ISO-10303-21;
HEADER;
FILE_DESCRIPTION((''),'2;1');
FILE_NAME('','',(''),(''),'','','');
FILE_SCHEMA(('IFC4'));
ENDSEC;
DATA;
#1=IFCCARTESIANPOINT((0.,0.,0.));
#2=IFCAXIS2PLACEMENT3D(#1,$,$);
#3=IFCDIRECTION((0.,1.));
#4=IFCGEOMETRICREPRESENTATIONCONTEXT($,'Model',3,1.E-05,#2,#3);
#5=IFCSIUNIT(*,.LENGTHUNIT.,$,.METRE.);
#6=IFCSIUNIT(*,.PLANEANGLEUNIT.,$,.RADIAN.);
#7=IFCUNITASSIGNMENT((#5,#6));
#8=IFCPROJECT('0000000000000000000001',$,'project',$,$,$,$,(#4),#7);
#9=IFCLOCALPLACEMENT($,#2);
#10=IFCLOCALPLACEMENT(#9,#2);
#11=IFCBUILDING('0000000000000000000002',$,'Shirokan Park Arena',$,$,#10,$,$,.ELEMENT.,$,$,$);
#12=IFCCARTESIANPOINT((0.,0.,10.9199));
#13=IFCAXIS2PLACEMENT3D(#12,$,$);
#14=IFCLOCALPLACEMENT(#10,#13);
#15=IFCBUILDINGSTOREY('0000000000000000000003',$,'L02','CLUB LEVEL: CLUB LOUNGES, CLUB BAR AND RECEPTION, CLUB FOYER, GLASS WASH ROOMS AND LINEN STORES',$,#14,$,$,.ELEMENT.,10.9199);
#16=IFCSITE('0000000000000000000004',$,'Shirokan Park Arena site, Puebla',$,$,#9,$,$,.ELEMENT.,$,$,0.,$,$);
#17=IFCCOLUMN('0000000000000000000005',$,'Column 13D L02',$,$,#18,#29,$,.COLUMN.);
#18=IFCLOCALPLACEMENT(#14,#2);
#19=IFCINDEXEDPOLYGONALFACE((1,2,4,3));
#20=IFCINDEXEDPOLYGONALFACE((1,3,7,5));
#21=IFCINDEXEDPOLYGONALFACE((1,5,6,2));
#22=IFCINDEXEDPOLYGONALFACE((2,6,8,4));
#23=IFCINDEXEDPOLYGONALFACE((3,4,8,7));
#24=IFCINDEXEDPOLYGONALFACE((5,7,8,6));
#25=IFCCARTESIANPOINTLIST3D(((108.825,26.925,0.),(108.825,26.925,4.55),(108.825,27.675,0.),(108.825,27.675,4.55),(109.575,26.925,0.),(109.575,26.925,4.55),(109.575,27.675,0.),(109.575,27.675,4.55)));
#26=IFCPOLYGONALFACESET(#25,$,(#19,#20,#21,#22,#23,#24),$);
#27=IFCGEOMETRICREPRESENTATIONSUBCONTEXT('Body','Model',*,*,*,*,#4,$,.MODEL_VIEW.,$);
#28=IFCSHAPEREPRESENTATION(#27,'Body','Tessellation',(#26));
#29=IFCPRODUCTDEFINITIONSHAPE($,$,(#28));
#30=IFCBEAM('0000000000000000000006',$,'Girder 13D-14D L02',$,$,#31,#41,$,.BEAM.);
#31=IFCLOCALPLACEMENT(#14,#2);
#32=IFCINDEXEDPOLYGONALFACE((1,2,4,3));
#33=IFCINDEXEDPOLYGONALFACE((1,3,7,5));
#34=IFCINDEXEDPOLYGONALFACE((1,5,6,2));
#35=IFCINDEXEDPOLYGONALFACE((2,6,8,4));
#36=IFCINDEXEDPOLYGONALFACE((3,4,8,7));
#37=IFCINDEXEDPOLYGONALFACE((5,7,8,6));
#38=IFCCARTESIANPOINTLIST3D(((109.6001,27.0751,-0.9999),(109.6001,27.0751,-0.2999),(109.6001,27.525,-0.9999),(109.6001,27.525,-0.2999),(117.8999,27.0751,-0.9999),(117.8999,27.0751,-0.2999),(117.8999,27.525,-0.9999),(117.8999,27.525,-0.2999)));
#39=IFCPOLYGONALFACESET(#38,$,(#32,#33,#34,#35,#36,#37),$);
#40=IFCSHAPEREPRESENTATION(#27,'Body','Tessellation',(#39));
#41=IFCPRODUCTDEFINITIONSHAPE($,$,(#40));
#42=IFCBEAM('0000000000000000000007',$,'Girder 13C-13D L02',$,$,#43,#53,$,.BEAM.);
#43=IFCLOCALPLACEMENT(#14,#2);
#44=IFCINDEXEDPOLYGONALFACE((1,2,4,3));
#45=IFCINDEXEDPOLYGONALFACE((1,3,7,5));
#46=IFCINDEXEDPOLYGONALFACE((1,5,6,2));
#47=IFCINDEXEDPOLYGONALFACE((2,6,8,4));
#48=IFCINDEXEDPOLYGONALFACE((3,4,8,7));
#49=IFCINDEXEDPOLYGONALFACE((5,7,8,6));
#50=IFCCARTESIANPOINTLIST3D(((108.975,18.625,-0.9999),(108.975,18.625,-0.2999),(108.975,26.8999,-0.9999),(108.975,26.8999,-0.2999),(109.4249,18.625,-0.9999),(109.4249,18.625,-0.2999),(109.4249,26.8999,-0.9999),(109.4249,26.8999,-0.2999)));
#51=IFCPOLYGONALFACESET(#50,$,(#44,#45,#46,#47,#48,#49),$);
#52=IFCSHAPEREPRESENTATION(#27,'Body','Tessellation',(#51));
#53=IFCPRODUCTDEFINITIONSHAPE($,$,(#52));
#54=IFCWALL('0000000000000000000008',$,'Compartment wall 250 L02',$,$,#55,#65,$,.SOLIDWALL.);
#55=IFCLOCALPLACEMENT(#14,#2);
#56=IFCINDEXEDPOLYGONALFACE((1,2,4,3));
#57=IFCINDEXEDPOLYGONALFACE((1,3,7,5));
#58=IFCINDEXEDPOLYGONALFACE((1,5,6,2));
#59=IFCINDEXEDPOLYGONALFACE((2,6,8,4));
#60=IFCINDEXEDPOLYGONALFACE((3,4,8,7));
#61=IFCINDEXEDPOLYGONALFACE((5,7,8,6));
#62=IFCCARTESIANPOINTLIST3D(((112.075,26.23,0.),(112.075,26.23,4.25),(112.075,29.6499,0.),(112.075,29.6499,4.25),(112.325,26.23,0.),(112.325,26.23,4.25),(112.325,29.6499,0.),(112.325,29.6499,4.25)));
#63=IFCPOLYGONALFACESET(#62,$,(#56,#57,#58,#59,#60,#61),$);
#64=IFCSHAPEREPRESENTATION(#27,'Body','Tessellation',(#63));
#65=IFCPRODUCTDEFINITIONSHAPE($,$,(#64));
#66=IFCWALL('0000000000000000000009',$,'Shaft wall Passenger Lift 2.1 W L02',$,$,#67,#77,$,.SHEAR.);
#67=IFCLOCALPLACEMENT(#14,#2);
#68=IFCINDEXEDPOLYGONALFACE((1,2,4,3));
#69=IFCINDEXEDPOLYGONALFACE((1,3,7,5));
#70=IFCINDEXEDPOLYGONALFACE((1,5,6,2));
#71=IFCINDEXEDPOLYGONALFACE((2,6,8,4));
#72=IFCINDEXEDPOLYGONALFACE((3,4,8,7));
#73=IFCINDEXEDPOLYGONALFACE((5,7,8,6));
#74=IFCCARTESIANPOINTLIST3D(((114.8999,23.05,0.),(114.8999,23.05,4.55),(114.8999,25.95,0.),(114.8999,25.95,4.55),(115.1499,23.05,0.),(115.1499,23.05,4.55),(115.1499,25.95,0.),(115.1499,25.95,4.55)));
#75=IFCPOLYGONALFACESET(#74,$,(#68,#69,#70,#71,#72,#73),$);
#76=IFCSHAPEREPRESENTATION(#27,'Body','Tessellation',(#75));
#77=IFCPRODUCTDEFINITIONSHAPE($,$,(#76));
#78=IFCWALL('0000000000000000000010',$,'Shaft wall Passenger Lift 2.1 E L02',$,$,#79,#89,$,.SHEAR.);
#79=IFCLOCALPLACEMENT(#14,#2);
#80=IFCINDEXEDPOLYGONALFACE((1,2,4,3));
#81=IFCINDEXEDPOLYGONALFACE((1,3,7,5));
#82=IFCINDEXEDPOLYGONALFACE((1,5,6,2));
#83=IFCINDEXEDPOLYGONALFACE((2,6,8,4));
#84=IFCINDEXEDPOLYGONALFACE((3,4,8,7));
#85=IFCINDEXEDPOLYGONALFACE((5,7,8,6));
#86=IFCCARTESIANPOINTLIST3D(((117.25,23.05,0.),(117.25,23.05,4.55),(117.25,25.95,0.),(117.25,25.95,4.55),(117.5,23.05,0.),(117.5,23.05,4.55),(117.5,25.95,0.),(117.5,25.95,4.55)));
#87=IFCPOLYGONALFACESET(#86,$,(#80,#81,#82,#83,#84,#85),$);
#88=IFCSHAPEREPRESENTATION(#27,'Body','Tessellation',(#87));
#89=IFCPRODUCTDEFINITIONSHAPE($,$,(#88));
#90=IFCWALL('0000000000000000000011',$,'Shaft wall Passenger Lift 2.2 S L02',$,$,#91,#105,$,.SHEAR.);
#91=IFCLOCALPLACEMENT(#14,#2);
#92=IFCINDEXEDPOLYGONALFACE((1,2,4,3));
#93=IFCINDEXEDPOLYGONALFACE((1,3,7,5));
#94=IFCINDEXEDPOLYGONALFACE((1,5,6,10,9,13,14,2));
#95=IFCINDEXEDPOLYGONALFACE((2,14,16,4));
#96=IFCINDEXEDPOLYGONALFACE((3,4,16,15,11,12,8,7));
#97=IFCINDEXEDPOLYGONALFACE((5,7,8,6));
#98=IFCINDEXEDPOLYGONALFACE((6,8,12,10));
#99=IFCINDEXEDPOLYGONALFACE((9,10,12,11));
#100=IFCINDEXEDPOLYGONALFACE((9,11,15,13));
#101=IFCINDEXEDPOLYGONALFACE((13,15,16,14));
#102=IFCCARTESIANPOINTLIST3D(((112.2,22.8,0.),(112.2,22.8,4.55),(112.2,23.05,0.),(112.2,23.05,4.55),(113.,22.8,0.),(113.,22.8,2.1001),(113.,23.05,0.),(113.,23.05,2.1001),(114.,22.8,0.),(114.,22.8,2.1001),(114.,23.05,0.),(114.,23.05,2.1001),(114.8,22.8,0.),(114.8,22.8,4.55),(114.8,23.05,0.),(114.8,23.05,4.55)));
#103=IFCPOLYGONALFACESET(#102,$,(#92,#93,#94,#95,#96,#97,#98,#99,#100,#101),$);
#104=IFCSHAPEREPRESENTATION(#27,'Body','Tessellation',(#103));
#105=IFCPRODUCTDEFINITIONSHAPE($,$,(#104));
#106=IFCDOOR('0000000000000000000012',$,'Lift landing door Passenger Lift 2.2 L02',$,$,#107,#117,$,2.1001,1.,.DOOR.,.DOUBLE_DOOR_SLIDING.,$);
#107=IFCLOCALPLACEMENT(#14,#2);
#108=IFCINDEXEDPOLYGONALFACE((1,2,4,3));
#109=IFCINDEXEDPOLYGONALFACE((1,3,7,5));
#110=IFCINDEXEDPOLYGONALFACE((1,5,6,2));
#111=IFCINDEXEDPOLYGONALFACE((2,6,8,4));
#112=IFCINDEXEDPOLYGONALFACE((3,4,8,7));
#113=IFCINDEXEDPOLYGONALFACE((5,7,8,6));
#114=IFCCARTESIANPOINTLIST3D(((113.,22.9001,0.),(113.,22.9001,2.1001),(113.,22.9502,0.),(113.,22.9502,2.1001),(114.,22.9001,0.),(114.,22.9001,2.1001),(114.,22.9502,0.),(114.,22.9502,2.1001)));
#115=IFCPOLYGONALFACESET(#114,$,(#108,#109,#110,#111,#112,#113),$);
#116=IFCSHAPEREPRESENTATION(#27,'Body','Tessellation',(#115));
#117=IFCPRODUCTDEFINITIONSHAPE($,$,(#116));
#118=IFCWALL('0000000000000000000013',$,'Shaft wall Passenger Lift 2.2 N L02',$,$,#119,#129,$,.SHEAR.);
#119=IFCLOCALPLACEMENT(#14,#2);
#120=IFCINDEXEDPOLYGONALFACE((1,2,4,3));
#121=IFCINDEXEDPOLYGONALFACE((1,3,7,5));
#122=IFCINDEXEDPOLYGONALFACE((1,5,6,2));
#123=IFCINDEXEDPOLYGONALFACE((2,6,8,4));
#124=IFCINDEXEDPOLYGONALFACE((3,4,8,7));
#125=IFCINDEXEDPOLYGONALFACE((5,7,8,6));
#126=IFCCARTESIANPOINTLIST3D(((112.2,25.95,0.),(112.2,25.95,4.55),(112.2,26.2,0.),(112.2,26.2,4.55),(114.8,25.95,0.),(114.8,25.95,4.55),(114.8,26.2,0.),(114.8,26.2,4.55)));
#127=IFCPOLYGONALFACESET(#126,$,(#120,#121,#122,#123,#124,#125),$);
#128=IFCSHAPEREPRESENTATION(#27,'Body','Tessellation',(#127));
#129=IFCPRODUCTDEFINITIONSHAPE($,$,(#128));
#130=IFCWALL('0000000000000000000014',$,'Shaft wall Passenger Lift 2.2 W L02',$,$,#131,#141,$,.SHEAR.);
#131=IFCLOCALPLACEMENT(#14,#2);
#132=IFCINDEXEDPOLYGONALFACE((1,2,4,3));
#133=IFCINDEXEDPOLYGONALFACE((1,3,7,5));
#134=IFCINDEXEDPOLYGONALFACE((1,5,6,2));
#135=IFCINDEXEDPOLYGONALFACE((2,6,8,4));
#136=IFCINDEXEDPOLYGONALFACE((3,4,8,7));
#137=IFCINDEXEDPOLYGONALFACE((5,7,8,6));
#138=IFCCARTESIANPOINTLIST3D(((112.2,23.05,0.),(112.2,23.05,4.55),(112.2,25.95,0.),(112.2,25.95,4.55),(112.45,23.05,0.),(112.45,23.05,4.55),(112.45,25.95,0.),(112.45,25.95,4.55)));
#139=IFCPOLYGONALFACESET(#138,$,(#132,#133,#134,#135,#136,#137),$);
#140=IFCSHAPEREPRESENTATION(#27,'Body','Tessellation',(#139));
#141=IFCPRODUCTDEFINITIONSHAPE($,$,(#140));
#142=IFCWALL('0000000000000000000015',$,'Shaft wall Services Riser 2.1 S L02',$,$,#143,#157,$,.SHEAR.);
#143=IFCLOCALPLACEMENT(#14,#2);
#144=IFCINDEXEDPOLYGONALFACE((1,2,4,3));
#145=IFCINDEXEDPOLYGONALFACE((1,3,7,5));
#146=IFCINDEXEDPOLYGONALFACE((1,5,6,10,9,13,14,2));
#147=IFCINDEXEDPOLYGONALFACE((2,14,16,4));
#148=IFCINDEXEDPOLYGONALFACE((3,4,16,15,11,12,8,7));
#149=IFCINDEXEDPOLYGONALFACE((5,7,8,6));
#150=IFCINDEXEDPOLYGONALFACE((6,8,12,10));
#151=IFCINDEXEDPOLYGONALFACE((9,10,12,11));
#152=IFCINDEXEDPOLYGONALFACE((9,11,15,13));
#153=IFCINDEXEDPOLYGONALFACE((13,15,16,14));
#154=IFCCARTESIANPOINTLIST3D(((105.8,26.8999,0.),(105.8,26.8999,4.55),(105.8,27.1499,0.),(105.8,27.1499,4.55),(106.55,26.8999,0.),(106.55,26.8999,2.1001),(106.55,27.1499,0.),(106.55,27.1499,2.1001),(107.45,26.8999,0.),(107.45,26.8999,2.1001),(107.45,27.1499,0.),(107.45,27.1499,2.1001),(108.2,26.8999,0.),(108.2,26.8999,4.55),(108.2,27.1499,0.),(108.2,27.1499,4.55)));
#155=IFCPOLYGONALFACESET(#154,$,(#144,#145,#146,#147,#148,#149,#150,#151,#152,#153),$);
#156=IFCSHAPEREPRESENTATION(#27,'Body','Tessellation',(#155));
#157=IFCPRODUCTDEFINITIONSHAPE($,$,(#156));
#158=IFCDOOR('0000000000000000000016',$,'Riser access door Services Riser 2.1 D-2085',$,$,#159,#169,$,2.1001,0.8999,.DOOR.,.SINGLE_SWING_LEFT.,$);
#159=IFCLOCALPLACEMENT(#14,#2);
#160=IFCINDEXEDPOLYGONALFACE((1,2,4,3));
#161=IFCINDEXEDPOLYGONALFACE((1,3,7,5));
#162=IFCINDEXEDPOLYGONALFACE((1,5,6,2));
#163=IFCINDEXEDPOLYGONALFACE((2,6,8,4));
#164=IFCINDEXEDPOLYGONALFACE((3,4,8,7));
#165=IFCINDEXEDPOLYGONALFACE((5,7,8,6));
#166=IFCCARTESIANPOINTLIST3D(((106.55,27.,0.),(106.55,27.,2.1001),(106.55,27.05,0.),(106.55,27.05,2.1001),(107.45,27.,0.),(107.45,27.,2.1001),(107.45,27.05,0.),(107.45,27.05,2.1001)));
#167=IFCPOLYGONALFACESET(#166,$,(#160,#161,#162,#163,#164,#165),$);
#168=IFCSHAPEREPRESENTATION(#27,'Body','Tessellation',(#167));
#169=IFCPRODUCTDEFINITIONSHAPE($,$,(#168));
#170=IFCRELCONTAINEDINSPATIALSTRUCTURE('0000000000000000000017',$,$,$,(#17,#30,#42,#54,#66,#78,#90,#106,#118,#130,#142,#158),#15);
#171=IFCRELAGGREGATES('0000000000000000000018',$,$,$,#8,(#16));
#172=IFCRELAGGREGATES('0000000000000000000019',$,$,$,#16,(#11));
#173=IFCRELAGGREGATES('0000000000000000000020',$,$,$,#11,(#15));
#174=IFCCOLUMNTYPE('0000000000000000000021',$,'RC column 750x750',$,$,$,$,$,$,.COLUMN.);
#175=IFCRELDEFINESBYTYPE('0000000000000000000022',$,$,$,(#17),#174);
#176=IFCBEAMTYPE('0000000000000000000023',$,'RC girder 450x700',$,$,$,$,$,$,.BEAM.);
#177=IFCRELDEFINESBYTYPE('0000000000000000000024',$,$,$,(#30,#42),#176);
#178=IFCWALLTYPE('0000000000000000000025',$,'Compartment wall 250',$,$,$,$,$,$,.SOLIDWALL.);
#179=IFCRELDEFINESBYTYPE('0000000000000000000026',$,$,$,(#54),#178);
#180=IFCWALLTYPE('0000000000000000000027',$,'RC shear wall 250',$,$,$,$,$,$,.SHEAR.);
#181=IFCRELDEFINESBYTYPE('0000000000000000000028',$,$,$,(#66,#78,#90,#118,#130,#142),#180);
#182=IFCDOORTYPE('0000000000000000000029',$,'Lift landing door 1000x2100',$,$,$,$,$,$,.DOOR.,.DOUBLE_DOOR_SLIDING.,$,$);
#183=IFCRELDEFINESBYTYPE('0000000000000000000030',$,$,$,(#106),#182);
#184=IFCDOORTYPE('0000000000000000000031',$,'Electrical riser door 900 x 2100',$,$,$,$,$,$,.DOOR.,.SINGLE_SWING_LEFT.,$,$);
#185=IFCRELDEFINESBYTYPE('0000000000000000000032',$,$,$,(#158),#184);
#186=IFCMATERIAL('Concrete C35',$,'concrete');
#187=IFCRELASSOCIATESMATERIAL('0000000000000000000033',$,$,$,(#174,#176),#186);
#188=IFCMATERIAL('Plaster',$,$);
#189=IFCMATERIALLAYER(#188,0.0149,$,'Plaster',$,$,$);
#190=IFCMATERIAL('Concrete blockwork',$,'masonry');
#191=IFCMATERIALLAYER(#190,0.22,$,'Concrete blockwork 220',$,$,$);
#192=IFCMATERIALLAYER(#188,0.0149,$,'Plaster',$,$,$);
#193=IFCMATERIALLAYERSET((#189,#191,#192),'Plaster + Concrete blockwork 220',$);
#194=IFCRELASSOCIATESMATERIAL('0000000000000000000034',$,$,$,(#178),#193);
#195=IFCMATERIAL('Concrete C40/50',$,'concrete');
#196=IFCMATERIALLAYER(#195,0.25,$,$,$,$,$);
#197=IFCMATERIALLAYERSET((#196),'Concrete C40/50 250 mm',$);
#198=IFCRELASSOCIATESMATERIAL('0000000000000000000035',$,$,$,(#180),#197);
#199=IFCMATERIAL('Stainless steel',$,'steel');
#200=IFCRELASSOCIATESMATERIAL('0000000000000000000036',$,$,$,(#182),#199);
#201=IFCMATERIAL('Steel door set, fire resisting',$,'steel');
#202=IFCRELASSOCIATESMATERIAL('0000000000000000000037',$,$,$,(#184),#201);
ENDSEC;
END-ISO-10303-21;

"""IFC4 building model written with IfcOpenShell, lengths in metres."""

from ifc_helpers import new_model, si_unit, direction, frame, frame_2d, origin, origin_2d, place, context, subcontext, project, spatial, rectangle, extrude, material, layer, layer_set, material_profile, profile_set, type_object, element, fill, save


model = new_model("IFC4")

# Units and contexts
model_context = context("Model", 3, precision=1e-05, world=origin(), true_north=direction((0.0, 1.0)))
body_context = subcontext(model_context, "Body", "Model", "MODEL_VIEW")
ifc_project = project(units=[si_unit("LENGTHUNIT", "METRE"), si_unit("PLANEANGLEUNIT", "RADIAN")], contexts=[model_context])

# Site, building, storey
site_placement = place(None, origin())
site = spatial("IfcSite", under=ifc_project, at=site_placement, Name="Shirokan Park Arena site, Puebla", CompositionType="ELEMENT", RefElevation=0.0)
building_placement = place(site_placement, origin())
building = spatial("IfcBuilding", under=site, at=building_placement, Name="Shirokan Park Arena", CompositionType="ELEMENT")
storey_placement = place(building_placement, frame((0.0, 0.0, 10.9199)))
storey = spatial("IfcBuildingStorey", under=building, at=storey_placement, Name="L02", Description="CLUB LEVEL: CLUB LOUNGES, CLUB BAR AND RECEPTION, CLUB FOYER, GLASS WASH ROOMS AND LINEN STORES", CompositionType="ELEMENT", Elevation=10.9199)

# Column
ifc_material_1 = material(Name="Concrete C35", Category="concrete")
ifc_material_profile_1 = material_profile(ifc_material_1, rectangle(XDim=0.75, YDim=0.75, at=origin_2d()), Name="750x750")
ifc_profile_set_1 = profile_set([ifc_material_profile_1], Name="Concrete C35")
column_type = type_object("IfcColumnType", Name="RC column 750x750", PredefinedType="COLUMN", material=ifc_profile_set_1)
column_placement = place(storey_placement, frame((109.2, 27.3, 0.0), z_axis=(0.0, 0.0, 1.0), x_axis=(1.0, 0.0, 0.0)))
element("IfcColumn", 1, at=column_placement, inside=storey, type_object=column_type, Name="Column 13D L02", PredefinedType="COLUMN", context=body_context, shape_type="SweptSolid", body=[
    extrude(rectangle(XDim=0.75, YDim=0.75, at=origin_2d()), origin(), (0.0, 0.0, 1.0), 4.55),
])

# Beams
ifc_material_profile_2 = material_profile(ifc_material_1, rectangle(XDim=0.45, YDim=0.7, at=origin_2d()), Name="450x700")
ifc_profile_set_2 = profile_set([ifc_material_profile_2], Name="Concrete C35")
beam_type = type_object("IfcBeamType", Name="RC girder 450x700", PredefinedType="BEAM", material=ifc_profile_set_2)
beam_1_placement = place(storey_placement, frame((109.6001, 27.3, -0.6499), z_axis=(1.0, 0.0, 0.0), x_axis=(0.0, 1.0, 0.0)))
element("IfcBeam", 2, at=beam_1_placement, inside=storey, type_object=beam_type, Name="Girder 13D-14D L02", PredefinedType="BEAM", context=body_context, shape_type="SweptSolid", body=[
    extrude(rectangle(XDim=0.45, YDim=0.7, at=origin_2d()), origin(), (0.0, 0.0, 1.0), 8.2998),
])
beam_2_placement = place(storey_placement, frame((109.2, 18.625, -0.6499), z_axis=(0.0, 1.0, 0.0), x_axis=(-1.0, 0.0, 0.0)))
element("IfcBeam", 3, at=beam_2_placement, inside=storey, type_object=beam_type, Name="Girder 13C-13D L02", PredefinedType="BEAM", context=body_context, shape_type="SweptSolid", body=[
    extrude(rectangle(XDim=0.45, YDim=0.7, at=origin_2d()), origin(), (0.0, 0.0, 1.0), 8.2749),
])

# Wall
ifc_material_2 = material(Name="Plaster")
ifc_layer_1 = layer(ifc_material_2, 0.0149, Name="Plaster")
ifc_material_3 = material(Name="Concrete blockwork", Category="masonry")
ifc_layer_2 = layer(ifc_material_3, 0.22, Name="Concrete blockwork 220")
ifc_layer_3 = layer(ifc_material_2, 0.0149, Name="Plaster")
ifc_layer_set_1 = layer_set([ifc_layer_1, ifc_layer_2, ifc_layer_3], Name="Plaster + Concrete blockwork 220")
wall_type_1 = type_object("IfcWallType", Name="Compartment wall 250", PredefinedType="SOLIDWALL", material=ifc_layer_set_1)
wall_1_placement = place(storey_placement, frame((112.2, 26.23, 0.0), z_axis=(0.0, 0.0, 1.0), x_axis=(0.0, 1.0, 0.0)))
element("IfcWall", 4, at=wall_1_placement, inside=storey, type_object=wall_type_1, Name="Compartment wall 250 L02", PredefinedType="SOLIDWALL", context=body_context, shape_type="SweptSolid", body=[
    extrude(rectangle(XDim=3.4199, YDim=0.25, at=frame_2d((1.71, 0.0))), origin(), (0.0, 0.0, 1.0), 4.25),
])

# Walls
ifc_material_4 = material(Name="Concrete C40/50", Category="concrete")
ifc_layer_4 = layer(ifc_material_4, 0.25)
ifc_layer_set_2 = layer_set([ifc_layer_4], Name="Concrete C40/50 250 mm")
wall_type_2 = type_object("IfcWallType", Name="RC shear wall 250", PredefinedType="SHEAR", material=ifc_layer_set_2)
for number, where, z_axis, x_axis, name in (
    (5, (115.0249, 25.95, 0.0), (0.0, 0.0, 1.0), (0.0, -1.0, 0.0), "Shaft wall Passenger Lift 2.1 W L02"),
    (6, (117.375, 25.95, 0.0), (0.0, 0.0, 1.0), (0.0, -1.0, 0.0), "Shaft wall Passenger Lift 2.1 E L02"),
):
    element("IfcWall", number, at=place(storey_placement, frame(where, z_axis=z_axis, x_axis=x_axis)), inside=storey, type_object=wall_type_2, Name=name, PredefinedType="SHEAR", context=body_context, shape_type="SweptSolid", body=[
        extrude(rectangle(XDim=2.8999, YDim=0.25, at=frame_2d((1.45, 0.0))), origin(), (0.0, 0.0, 1.0), 4.55),
    ])

# Wall, opening, door
wall_2_placement = place(storey_placement, frame((114.8, 22.925, 0.0), z_axis=(0.0, 0.0, 1.0), x_axis=(-1.0, 0.0, 0.0)))
wall_2 = element("IfcWall", 7, at=wall_2_placement, inside=storey, type_object=wall_type_2, Name="Shaft wall Passenger Lift 2.2 S L02", PredefinedType="SHEAR", context=body_context, shape_type="SweptSolid", body=[
    extrude(rectangle(XDim=2.6001, YDim=0.25, at=frame_2d((1.3, 0.0))), origin(), (0.0, 0.0, 1.0), 4.55),
])
opening_1_placement = place(wall_2_placement, frame((0.8, 0.0, 0.0)))
opening_1 = element("IfcOpeningElement", 8, at=opening_1_placement, cuts=wall_2, PredefinedType="OPENING", context=body_context, shape_type="SweptSolid", body=[
    extrude(rectangle(XDim=1.0, YDim=2.1001, at=frame_2d((0.5, 1.05))), frame((0.0, 0.135, 0.0), z_axis=(0.0, -1.0, 0.0), x_axis=(1.0, 0.0, 0.0)), (0.0, 0.0, 1.0), 0.27),
])
ifc_material_5 = material(Name="Stainless steel", Category="steel")
door_type_1 = type_object("IfcDoorType", Name="Lift landing door 1000x2100", OperationType="DOUBLE_DOOR_SLIDING", PredefinedType="DOOR", material=ifc_material_5)
door_1_placement = place(opening_1_placement, origin())
door_1 = element("IfcDoor", 9, at=door_1_placement, inside=storey, type_object=door_type_1, Name="Lift landing door Passenger Lift 2.2 L02", OperationType="DOUBLE_DOOR_SLIDING", OverallHeight=2.1001, OverallWidth=1.0, PredefinedType="DOOR", context=body_context, shape_type="SweptSolid", body=[
    extrude(rectangle(XDim=1.0, YDim=2.1001, at=frame_2d((0.5, 1.05))), frame((0.0, 0.0249, 0.0), z_axis=(0.0, -1.0, 0.0), x_axis=(1.0, 0.0, 0.0)), (0.0, 0.0, 1.0), 0.05),
])
fill(opening_1, door_1)

# Walls
wall_3_placement = place(storey_placement, frame((114.8, 26.075, 0.0), z_axis=(0.0, 0.0, 1.0), x_axis=(-1.0, 0.0, 0.0)))
element("IfcWall", 10, at=wall_3_placement, inside=storey, type_object=wall_type_2, Name="Shaft wall Passenger Lift 2.2 N L02", PredefinedType="SHEAR", context=body_context, shape_type="SweptSolid", body=[
    extrude(rectangle(XDim=2.6001, YDim=0.25, at=frame_2d((1.3, 0.0))), origin(), (0.0, 0.0, 1.0), 4.55),
])
wall_4_placement = place(storey_placement, frame((112.325, 25.95, 0.0), z_axis=(0.0, 0.0, 1.0), x_axis=(0.0, -1.0, 0.0)))
element("IfcWall", 11, at=wall_4_placement, inside=storey, type_object=wall_type_2, Name="Shaft wall Passenger Lift 2.2 W L02", PredefinedType="SHEAR", context=body_context, shape_type="SweptSolid", body=[
    extrude(rectangle(XDim=2.8999, YDim=0.25, at=frame_2d((1.45, 0.0))), origin(), (0.0, 0.0, 1.0), 4.55),
])

# Wall, opening, door
wall_5_placement = place(storey_placement, frame((108.2, 27.0249, 0.0), z_axis=(0.0, 0.0, 1.0), x_axis=(-1.0, 0.0, 0.0)))
wall_5 = element("IfcWall", 12, at=wall_5_placement, inside=storey, type_object=wall_type_2, Name="Shaft wall Services Riser 2.1 S L02", PredefinedType="SHEAR", context=body_context, shape_type="SweptSolid", body=[
    extrude(rectangle(XDim=2.3999, YDim=0.25, at=frame_2d((1.2, 0.0))), origin(), (0.0, 0.0, 1.0), 4.55),
])
opening_2_placement = place(wall_5_placement, frame((0.75, 0.0, 0.0)))
opening_2 = element("IfcOpeningElement", 13, at=opening_2_placement, cuts=wall_5, PredefinedType="OPENING", context=body_context, shape_type="SweptSolid", body=[
    extrude(rectangle(XDim=0.8999, YDim=2.1001, at=frame_2d((0.45, 1.05))), frame((0.0, 0.135, 0.0), z_axis=(0.0, -1.0, 0.0), x_axis=(1.0, 0.0, 0.0)), (0.0, 0.0, 1.0), 0.27),
])
ifc_material_6 = material(Name="Steel door set, fire resisting", Category="steel")
door_type_2 = type_object("IfcDoorType", Name="Electrical riser door 900 x 2100", OperationType="SINGLE_SWING_LEFT", PredefinedType="DOOR", material=ifc_material_6)
door_2_placement = place(opening_2_placement, origin())
door_2 = element("IfcDoor", 14, at=door_2_placement, inside=storey, type_object=door_type_2, Name="Riser access door Services Riser 2.1 D-2085", OperationType="SINGLE_SWING_LEFT", OverallHeight=2.1001, OverallWidth=0.8999, PredefinedType="DOOR", context=body_context, shape_type="SweptSolid", body=[
    extrude(rectangle(XDim=0.8999, YDim=2.1001, at=frame_2d((0.45, 1.05))), frame((0.0, 0.0249, 0.0), z_axis=(0.0, -1.0, 0.0), x_axis=(1.0, 0.0, 0.0)), (0.0, 0.0, 1.0), 0.05),
])
fill(opening_2, door_2)

save(model, "model.ifc")
